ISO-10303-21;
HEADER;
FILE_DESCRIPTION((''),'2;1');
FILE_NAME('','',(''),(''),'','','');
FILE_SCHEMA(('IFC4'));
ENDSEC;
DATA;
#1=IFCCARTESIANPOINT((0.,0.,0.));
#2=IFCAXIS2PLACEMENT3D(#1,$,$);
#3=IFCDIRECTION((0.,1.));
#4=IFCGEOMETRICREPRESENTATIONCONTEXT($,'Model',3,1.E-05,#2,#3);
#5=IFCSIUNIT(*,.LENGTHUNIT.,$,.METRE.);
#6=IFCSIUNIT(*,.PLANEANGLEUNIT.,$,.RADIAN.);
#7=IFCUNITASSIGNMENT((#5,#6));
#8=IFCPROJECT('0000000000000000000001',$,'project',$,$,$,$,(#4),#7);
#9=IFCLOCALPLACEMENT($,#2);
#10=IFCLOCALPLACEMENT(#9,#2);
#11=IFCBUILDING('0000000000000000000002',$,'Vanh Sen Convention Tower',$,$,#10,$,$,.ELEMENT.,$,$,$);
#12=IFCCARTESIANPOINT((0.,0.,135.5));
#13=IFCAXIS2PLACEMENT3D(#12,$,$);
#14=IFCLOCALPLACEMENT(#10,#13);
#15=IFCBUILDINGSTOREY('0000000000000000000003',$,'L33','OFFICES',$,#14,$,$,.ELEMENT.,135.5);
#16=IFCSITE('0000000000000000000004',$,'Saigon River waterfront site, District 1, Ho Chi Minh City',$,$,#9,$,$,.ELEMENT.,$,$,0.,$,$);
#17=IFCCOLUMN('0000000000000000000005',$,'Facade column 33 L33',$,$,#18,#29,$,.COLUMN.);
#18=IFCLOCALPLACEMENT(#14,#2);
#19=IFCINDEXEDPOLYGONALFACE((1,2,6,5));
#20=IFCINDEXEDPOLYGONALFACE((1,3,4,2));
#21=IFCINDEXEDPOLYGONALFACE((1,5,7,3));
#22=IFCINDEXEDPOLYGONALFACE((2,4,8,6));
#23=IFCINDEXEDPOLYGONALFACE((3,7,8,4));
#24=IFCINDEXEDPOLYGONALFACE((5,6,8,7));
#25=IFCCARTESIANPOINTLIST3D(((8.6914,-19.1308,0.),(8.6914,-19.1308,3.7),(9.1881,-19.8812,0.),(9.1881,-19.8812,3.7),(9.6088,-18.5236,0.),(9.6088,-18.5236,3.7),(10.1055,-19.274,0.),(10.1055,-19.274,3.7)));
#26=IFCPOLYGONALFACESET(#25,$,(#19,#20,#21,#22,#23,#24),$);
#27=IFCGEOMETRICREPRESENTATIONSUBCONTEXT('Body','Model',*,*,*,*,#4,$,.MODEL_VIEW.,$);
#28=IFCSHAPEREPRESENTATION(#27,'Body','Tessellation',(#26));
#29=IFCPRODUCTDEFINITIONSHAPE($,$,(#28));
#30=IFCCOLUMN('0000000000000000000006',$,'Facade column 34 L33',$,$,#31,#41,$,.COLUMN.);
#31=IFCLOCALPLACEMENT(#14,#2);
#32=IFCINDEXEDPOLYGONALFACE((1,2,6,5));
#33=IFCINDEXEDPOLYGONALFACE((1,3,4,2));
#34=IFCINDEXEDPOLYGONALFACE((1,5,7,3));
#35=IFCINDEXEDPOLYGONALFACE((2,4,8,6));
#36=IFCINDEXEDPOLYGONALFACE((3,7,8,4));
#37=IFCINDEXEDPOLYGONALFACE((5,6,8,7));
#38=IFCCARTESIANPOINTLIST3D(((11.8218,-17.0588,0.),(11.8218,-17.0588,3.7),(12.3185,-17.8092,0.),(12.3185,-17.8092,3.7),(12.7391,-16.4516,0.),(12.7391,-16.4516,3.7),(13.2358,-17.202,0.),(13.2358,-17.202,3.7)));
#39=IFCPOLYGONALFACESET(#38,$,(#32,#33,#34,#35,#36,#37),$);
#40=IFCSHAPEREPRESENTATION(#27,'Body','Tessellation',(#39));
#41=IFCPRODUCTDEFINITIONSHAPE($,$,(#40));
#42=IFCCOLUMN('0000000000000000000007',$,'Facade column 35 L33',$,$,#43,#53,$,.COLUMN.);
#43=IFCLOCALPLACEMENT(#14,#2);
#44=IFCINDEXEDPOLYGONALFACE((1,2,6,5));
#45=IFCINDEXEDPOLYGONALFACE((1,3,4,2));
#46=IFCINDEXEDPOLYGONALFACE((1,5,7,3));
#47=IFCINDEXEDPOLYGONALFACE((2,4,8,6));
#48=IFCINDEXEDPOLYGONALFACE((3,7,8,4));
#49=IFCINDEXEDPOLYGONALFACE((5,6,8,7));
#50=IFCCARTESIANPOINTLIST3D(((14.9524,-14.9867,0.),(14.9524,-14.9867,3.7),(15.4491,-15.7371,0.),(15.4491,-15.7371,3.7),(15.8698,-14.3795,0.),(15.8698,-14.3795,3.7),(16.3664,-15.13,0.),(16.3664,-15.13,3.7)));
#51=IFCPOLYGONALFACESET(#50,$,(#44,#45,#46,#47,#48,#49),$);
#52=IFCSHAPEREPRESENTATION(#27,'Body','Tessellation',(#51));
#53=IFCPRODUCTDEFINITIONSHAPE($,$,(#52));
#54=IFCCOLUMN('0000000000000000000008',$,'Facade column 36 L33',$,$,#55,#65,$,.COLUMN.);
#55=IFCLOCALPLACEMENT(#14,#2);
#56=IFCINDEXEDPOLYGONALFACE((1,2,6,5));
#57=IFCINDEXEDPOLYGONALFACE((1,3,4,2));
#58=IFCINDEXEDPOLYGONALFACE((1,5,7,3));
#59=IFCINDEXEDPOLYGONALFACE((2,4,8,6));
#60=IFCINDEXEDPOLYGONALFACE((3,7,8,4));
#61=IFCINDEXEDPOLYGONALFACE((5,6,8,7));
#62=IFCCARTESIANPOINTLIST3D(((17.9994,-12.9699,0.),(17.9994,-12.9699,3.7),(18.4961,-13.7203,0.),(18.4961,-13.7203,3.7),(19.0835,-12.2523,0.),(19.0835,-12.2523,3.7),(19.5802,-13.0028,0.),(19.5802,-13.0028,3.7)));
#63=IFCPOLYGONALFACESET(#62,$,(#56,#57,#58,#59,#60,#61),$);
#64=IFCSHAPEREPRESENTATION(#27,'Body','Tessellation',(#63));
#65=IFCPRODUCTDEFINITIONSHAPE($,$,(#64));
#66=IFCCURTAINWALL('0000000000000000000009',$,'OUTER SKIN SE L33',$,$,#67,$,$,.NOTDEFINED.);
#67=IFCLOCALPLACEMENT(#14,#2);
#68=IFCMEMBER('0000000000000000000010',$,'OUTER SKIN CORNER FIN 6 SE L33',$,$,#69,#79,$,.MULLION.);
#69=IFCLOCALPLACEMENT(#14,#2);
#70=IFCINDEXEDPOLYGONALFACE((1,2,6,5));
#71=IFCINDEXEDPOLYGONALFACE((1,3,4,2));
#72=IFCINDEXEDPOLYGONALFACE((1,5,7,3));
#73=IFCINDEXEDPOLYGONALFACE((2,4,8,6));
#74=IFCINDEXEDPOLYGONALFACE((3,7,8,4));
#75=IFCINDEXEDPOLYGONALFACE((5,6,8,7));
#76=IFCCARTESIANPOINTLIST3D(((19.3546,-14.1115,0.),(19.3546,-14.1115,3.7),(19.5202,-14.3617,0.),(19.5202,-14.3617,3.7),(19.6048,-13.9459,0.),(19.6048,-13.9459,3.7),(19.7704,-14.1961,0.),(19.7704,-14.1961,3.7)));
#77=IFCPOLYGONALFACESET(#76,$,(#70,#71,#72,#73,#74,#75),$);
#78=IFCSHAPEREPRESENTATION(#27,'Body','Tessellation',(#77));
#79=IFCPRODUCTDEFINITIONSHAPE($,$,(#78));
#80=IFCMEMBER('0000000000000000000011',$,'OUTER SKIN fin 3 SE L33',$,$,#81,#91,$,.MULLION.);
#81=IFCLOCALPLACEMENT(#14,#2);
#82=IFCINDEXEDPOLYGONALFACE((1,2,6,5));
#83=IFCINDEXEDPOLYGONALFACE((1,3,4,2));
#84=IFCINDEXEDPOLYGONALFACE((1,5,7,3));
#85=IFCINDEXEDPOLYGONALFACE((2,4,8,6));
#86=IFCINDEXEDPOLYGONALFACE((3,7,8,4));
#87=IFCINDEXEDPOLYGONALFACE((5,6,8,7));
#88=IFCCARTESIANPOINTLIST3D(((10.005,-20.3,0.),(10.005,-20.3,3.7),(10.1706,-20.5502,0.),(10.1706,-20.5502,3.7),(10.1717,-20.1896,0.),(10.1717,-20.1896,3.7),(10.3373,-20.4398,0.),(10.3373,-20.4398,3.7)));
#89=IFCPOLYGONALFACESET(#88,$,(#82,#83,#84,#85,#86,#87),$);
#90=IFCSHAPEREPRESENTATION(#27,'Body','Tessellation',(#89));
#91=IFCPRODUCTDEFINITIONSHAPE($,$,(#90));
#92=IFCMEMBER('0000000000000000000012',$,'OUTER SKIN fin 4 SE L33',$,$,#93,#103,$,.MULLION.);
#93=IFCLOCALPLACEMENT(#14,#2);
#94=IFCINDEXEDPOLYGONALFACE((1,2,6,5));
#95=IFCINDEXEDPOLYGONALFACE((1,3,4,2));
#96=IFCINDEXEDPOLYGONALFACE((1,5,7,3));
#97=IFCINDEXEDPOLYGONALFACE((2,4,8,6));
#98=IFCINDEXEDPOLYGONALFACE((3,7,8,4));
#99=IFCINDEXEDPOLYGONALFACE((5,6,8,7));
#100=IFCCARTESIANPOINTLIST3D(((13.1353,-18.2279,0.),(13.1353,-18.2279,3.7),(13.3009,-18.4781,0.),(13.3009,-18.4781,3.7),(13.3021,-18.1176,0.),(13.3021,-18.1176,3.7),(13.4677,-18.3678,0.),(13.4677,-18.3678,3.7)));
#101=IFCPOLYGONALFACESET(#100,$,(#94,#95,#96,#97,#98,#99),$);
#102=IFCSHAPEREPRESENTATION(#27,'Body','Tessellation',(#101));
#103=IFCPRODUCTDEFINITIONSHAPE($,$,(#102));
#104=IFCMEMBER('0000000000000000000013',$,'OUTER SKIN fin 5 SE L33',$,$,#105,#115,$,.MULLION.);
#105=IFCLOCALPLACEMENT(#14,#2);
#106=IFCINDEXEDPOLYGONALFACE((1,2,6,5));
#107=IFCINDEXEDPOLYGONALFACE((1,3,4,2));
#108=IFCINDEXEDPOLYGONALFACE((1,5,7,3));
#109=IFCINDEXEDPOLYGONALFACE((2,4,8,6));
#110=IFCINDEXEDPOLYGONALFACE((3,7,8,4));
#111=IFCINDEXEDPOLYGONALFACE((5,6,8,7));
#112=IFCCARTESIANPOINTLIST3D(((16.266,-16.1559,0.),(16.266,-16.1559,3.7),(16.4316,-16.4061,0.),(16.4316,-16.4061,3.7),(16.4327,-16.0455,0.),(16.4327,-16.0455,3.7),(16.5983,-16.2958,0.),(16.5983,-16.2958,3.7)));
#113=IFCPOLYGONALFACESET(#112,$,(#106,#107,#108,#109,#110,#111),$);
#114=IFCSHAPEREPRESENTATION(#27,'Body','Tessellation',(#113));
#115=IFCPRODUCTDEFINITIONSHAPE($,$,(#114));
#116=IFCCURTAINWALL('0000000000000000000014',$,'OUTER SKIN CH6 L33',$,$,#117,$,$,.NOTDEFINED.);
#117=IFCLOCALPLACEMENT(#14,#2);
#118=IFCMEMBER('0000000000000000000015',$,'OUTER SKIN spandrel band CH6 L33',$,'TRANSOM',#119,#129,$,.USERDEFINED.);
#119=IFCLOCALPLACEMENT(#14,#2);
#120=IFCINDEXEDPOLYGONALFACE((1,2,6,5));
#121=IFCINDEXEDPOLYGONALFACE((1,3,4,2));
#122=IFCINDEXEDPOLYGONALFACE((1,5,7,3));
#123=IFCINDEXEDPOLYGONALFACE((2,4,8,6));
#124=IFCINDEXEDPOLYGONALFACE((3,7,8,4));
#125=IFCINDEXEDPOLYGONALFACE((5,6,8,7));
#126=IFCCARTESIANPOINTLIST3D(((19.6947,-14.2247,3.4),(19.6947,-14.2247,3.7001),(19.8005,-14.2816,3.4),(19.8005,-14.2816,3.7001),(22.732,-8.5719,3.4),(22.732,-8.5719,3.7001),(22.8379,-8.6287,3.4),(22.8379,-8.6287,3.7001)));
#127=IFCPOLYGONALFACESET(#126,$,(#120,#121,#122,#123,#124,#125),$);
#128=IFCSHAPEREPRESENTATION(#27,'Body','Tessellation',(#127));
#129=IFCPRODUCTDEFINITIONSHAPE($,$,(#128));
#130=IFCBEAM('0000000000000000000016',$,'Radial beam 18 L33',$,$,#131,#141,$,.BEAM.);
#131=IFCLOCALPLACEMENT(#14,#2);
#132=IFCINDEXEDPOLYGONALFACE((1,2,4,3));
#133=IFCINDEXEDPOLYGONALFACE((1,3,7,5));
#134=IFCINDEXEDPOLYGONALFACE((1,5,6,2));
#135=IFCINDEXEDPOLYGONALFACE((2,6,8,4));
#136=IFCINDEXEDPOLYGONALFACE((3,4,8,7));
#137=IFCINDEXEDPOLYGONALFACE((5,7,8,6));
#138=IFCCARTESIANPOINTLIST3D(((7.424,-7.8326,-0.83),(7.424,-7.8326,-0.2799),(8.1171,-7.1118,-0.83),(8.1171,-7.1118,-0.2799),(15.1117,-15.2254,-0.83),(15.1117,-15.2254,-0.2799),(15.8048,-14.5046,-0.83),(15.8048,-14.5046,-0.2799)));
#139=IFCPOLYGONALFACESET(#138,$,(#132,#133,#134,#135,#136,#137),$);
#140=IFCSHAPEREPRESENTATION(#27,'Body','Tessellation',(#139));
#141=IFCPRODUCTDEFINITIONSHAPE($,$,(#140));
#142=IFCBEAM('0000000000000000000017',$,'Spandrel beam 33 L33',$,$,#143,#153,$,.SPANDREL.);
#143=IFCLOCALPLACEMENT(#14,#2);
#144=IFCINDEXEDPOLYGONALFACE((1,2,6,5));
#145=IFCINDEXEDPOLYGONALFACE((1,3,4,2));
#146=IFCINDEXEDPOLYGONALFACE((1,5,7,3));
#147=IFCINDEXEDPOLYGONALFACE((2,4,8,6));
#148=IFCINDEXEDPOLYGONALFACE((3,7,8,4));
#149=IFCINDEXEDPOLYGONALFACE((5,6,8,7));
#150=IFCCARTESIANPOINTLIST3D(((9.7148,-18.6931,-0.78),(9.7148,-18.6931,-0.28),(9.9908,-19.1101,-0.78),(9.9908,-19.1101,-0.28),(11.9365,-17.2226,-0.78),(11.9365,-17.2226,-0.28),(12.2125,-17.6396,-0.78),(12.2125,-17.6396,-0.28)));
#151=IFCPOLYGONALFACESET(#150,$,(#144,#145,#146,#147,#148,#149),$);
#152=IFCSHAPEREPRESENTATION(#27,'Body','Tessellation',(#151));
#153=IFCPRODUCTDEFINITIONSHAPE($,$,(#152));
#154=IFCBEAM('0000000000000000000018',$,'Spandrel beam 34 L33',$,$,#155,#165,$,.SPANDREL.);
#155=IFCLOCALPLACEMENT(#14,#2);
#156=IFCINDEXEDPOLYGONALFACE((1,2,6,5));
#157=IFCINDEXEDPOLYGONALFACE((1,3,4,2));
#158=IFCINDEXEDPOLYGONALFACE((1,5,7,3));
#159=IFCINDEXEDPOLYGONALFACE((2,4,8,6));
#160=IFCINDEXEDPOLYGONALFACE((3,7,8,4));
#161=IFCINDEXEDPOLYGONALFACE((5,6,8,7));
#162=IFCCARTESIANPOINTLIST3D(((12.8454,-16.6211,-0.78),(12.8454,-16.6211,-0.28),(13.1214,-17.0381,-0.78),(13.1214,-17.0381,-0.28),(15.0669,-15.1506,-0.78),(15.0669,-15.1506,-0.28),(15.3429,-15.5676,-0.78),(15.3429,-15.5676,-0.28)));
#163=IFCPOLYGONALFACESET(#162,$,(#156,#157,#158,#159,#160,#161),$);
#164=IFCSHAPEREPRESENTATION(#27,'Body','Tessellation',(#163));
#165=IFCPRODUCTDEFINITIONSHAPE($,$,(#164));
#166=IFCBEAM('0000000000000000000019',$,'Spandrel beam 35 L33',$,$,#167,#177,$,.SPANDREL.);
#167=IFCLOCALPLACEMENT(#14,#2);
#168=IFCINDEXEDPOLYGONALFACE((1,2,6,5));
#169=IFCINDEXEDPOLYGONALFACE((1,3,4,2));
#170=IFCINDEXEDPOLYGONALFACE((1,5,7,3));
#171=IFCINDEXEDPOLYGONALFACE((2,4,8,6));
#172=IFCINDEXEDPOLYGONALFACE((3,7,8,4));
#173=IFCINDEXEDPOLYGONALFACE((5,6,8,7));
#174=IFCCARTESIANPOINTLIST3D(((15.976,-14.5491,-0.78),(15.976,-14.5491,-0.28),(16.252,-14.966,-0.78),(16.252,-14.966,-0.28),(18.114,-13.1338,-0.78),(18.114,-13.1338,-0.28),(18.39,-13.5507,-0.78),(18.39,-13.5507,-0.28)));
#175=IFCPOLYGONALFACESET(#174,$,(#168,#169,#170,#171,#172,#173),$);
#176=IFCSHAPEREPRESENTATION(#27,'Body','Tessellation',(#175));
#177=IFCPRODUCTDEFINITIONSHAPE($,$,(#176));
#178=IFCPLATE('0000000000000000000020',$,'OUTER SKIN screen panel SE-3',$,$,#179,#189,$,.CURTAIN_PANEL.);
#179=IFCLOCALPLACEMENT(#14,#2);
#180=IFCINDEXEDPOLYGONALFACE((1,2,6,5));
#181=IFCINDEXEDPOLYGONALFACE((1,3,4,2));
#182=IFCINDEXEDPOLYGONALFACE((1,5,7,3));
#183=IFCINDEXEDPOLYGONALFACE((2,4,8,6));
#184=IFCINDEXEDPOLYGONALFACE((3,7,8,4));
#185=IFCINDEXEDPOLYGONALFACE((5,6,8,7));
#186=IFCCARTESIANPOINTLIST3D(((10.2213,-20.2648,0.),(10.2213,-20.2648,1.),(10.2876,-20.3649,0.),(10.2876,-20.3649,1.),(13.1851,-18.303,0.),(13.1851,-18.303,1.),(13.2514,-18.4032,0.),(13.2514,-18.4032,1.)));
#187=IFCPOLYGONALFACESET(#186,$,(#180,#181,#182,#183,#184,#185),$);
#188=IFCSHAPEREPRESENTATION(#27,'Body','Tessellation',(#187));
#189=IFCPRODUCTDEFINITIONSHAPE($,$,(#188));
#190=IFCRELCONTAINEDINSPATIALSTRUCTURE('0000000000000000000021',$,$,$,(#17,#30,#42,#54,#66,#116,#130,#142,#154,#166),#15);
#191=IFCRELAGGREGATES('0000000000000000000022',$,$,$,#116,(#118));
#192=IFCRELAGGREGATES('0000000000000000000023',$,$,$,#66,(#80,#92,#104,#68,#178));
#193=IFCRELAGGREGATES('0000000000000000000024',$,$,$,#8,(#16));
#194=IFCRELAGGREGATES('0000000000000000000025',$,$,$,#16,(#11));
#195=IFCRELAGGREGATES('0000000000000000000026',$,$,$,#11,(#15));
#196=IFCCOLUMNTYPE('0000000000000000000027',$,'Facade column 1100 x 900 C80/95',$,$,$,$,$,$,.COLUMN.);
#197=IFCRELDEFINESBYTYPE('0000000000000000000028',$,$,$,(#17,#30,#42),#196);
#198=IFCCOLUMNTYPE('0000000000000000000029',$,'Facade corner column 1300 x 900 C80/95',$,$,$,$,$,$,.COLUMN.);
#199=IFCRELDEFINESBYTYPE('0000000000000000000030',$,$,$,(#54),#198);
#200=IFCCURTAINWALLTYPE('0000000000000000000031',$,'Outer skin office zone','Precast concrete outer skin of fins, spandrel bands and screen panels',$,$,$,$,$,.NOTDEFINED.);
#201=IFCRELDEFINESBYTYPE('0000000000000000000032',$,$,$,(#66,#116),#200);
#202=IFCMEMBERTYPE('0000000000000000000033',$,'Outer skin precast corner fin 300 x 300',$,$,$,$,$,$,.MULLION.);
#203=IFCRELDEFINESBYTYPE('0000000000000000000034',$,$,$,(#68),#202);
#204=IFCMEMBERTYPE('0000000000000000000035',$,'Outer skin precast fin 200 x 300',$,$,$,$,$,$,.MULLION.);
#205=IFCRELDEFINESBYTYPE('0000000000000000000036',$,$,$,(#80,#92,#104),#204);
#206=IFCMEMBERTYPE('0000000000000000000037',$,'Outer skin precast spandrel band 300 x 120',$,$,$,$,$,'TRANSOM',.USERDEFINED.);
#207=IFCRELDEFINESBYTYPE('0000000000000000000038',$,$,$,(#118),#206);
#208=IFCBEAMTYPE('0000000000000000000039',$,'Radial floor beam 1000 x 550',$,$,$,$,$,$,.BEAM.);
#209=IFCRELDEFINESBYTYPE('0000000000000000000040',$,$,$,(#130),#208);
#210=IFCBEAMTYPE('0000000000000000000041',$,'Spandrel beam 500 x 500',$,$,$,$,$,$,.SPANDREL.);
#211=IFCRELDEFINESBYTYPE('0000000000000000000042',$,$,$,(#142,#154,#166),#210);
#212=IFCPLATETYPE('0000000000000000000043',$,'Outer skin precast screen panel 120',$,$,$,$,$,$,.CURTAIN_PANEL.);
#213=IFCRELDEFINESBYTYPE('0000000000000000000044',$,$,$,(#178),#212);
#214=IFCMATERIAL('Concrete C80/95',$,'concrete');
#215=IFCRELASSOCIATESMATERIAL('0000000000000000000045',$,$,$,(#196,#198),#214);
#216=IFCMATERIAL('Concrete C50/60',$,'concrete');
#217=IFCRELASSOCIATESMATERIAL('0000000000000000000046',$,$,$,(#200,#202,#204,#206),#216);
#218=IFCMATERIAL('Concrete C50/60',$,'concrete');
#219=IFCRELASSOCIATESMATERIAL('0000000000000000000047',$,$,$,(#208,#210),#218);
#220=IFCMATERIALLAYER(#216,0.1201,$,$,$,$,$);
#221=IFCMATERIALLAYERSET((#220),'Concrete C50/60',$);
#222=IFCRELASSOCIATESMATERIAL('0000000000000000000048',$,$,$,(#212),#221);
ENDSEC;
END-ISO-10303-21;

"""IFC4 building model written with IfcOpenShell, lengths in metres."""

from ifc_helpers import new_model, si_unit, direction, frame, origin, origin_2d, place, context, subcontext, project, spatial, rectangle, extrude, material, layer, layer_set, material_profile, profile_set, type_object, element, aggregate, save


model = new_model("IFC4")

# Units and contexts
model_context = context("Model", 3, precision=1e-05, world=origin(), true_north=direction((0.0, 1.0)))
body_context = subcontext(model_context, "Body", "Model", "MODEL_VIEW")
ifc_project = project(units=[si_unit("LENGTHUNIT", "METRE"), si_unit("PLANEANGLEUNIT", "RADIAN")], contexts=[model_context])

# Site, building, storey
site_placement = place(None, origin())
site = spatial("IfcSite", under=ifc_project, at=site_placement, Name="Saigon River waterfront site, District 1, Ho Chi Minh City", CompositionType="ELEMENT", RefElevation=0.0)
building_placement = place(site_placement, origin())
building = spatial("IfcBuilding", under=site, at=building_placement, Name="Vanh Sen Convention Tower", CompositionType="ELEMENT")
storey_placement = place(building_placement, frame((0.0, 0.0, 135.5)))
storey = spatial("IfcBuildingStorey", under=building, at=storey_placement, Name="L33", Description="OFFICES", CompositionType="ELEMENT", Elevation=135.5)

# Columns
ifc_material_1 = material(Name="Concrete C80/95", Category="concrete")
ifc_material_profile_1 = material_profile(ifc_material_1, rectangle(XDim=1.1001, YDim=0.8999, at=origin_2d()), Name="RC 1100X900")
ifc_profile_set_1 = profile_set([ifc_material_profile_1], Name="Concrete C80/95")
column_type_1 = type_object("IfcColumnType", Name="Facade column 1100 x 900 C80/95", PredefinedType="COLUMN", material=ifc_profile_set_1)
for number, where, z_axis, x_axis, name in (
    (1, (9.3984, -19.2024, 0.0), (0.0, 0.0, 1.0), (0.833886, 0.551937, 0.0), "Facade column 33 L33"),
    (2, (12.5288, -17.1304, 0.0), (0.0, 0.0, 1.0), (0.833886, 0.551937, 0.0), "Facade column 34 L33"),
    (3, (15.6594, -15.0583, 0.0), (0.0, 0.0, 1.0), (0.833886, 0.551937, 0.0), "Facade column 35 L33"),
):
    element("IfcColumn", number, at=place(storey_placement, frame(where, z_axis=z_axis, x_axis=x_axis)), inside=storey, type_object=column_type_1, Name=name, PredefinedType="COLUMN", context=body_context, shape_type="SweptSolid", body=[
        extrude(rectangle(XDim=1.1001, YDim=0.8999, at=origin_2d()), origin(), (0.0, 0.0, 1.0), 3.7),
    ])
ifc_material_profile_2 = material_profile(ifc_material_1, rectangle(XDim=1.3, YDim=0.8999, at=origin_2d()), Name="RC 1300X900")
ifc_profile_set_2 = profile_set([ifc_material_profile_2], Name="Concrete C80/95")
column_type_2 = type_object("IfcColumnType", Name="Facade corner column 1300 x 900 C80/95", PredefinedType="COLUMN", material=ifc_profile_set_2)
column_placement = place(storey_placement, frame((18.7898, -12.9863, 0.0), z_axis=(0.0, 0.0, 1.0), x_axis=(0.833886, 0.551937, 0.0)))
element("IfcColumn", 4, at=column_placement, inside=storey, type_object=column_type_2, Name="Facade column 36 L33", PredefinedType="COLUMN", context=body_context, shape_type="SweptSolid", body=[
    extrude(rectangle(XDim=1.3, YDim=0.8999, at=origin_2d()), origin(), (0.0, 0.0, 1.0), 3.7),
])

# Curtain wall, members
ifc_material_2 = material(Name="Concrete C50/60", Category="concrete")
curtain_wall_type = type_object("IfcCurtainWallType", Name="Outer skin office zone", Description="Precast concrete outer skin of fins, spandrel bands and screen panels", PredefinedType="NOTDEFINED", material=ifc_material_2)
curtain_wall_1_placement = place(storey_placement, origin())
curtain_wall_1 = element("IfcCurtainWall", 5, at=curtain_wall_1_placement, inside=storey, type_object=curtain_wall_type, Name="OUTER SKIN SE L33", PredefinedType="NOTDEFINED")
ifc_material_profile_3 = material_profile(ifc_material_2, rectangle(XDim=0.3, YDim=0.3, at=origin_2d()), Name="Outer skin precast corner fin 300 x 300")
ifc_profile_set_3 = profile_set([ifc_material_profile_3], Name="Concrete C50/60")
member_type_1 = type_object("IfcMemberType", Name="Outer skin precast corner fin 300 x 300", PredefinedType="MULLION", material=ifc_profile_set_3)
member_1_placement = place(storey_placement, frame((19.5625, -14.1538, 0.0), z_axis=(0.0, 0.0, 1.0), x_axis=(0.833886, 0.551937, 0.0)))
member_1 = element("IfcMember", 6, at=member_1_placement, type_object=member_type_1, Name="OUTER SKIN CORNER FIN 6 SE L33", PredefinedType="MULLION", context=body_context, shape_type="SweptSolid", body=[
    extrude(rectangle(XDim=0.3, YDim=0.3, at=origin_2d()), origin(), (0.0, 0.0, 1.0), 3.7),
])
ifc_material_profile_4 = material_profile(ifc_material_2, rectangle(XDim=0.2, YDim=0.3, at=origin_2d()), Name="Outer skin precast fin 200 x 300")
ifc_profile_set_4 = profile_set([ifc_material_profile_4], Name="Concrete C50/60")
member_type_2 = type_object("IfcMemberType", Name="Outer skin precast fin 200 x 300", PredefinedType="MULLION", material=ifc_profile_set_4)
member_2_placement = place(storey_placement, frame((10.1711, -20.3699, 0.0), z_axis=(0.0, 0.0, 1.0), x_axis=(0.833886, 0.551937, 0.0)))
member_2 = element("IfcMember", 7, at=member_2_placement, type_object=member_type_2, Name="OUTER SKIN fin 3 SE L33", PredefinedType="MULLION", context=body_context, shape_type="SweptSolid", body=[
    extrude(rectangle(XDim=0.2, YDim=0.3, at=origin_2d()), origin(), (0.0, 0.0, 1.0), 3.7),
])
member_3_placement = place(storey_placement, frame((13.3015, -18.2979, 0.0), z_axis=(0.0, 0.0, 1.0), x_axis=(0.833886, 0.551937, 0.0)))
member_3 = element("IfcMember", 8, at=member_3_placement, type_object=member_type_2, Name="OUTER SKIN fin 4 SE L33", PredefinedType="MULLION", context=body_context, shape_type="SweptSolid", body=[
    extrude(rectangle(XDim=0.2, YDim=0.3, at=origin_2d()), origin(), (0.0, 0.0, 1.0), 3.7),
])
member_4_placement = place(storey_placement, frame((16.4321, -16.2258, 0.0), z_axis=(0.0, 0.0, 1.0), x_axis=(0.833886, 0.551937, 0.0)))
member_4 = element("IfcMember", 9, at=member_4_placement, type_object=member_type_2, Name="OUTER SKIN fin 5 SE L33", PredefinedType="MULLION", context=body_context, shape_type="SweptSolid", body=[
    extrude(rectangle(XDim=0.2, YDim=0.3, at=origin_2d()), origin(), (0.0, 0.0, 1.0), 3.7),
])

# Curtain wall, member
curtain_wall_2_placement = place(storey_placement, origin())
curtain_wall_2 = element("IfcCurtainWall", 10, at=curtain_wall_2_placement, inside=storey, type_object=curtain_wall_type, Name="OUTER SKIN CH6 L33", PredefinedType="NOTDEFINED")
ifc_material_profile_5 = material_profile(ifc_material_2, rectangle(XDim=0.1201, YDim=0.3, at=origin_2d()), Name="Outer skin precast spandrel band 300 x 120")
ifc_profile_set_5 = profile_set([ifc_material_profile_5], Name="Concrete C50/60")
member_type_3 = type_object("IfcMemberType", Name="Outer skin precast spandrel band 300 x 120", ElementType="TRANSOM", PredefinedType="USERDEFINED", material=ifc_profile_set_5)
member_5_placement = place(storey_placement, frame((19.7476, -14.2532, 3.55), z_axis=(0.473317, 0.880892, 0.0), x_axis=(-0.880892, 0.473317, 0.0)))
member_5 = element("IfcMember", 11, at=member_5_placement, type_object=member_type_3, Name="OUTER SKIN spandrel band CH6 L33", ObjectType="TRANSOM", PredefinedType="USERDEFINED", context=body_context, shape_type="SweptSolid", body=[
    extrude(rectangle(XDim=0.1201, YDim=0.3, at=origin_2d()), origin(), (0.0, 0.0, 1.0), 6.4172),
])
aggregate(curtain_wall_2, [member_5])

# Beams
ifc_material_3 = material(Name="Concrete C50/60", Category="concrete")
ifc_material_profile_6 = material_profile(ifc_material_3, rectangle(XDim=1.0, YDim=0.55, at=origin_2d()), Name="RC 1000X550")
ifc_profile_set_6 = profile_set([ifc_material_profile_6], Name="Concrete C50/60")
beam_type_1 = type_object("IfcBeamType", Name="Radial floor beam 1000 x 550", PredefinedType="BEAM", material=ifc_profile_set_6)
beam_1_placement = place(storey_placement, frame((15.4583, -14.865, -0.5549), z_axis=(-0.720797, 0.693146, 0.0), x_axis=(-0.693146, -0.720797, 0.0)))
element("IfcBeam", 12, at=beam_1_placement, inside=storey, type_object=beam_type_1, Name="Radial beam 18 L33", PredefinedType="BEAM", context=body_context, shape_type="SweptSolid", body=[
    extrude(rectangle(XDim=1.0, YDim=0.55, at=origin_2d()), origin(), (0.0, 0.0, 1.0), 10.6655),
])
ifc_material_profile_7 = material_profile(ifc_material_3, rectangle(XDim=0.5, YDim=0.5, at=origin_2d()), Name="RC 500X500")
ifc_profile_set_7 = profile_set([ifc_material_profile_7], Name="Concrete C50/60")
beam_type_2 = type_object("IfcBeamType", Name="Spandrel beam 500 x 500", PredefinedType="SPANDREL", material=ifc_profile_set_7)
beam_2_placement = place(storey_placement, frame((9.8528, -18.9016, -0.53), z_axis=(0.833893, 0.551927, 0.0), x_axis=(-0.551927, 0.833893, 0.0)))
element("IfcBeam", 13, at=beam_2_placement, inside=storey, type_object=beam_type_2, Name="Spandrel beam 33 L33", PredefinedType="SPANDREL", context=body_context, shape_type="SweptSolid", body=[
    extrude(rectangle(XDim=0.5, YDim=0.5, at=origin_2d()), origin(), (0.0, 0.0, 1.0), 2.6643),
])
beam_3_placement = place(storey_placement, frame((12.9834, -16.8296, -0.53), z_axis=(0.833865, 0.551969, 0.0), x_axis=(-0.551969, 0.833865, 0.0)))
element("IfcBeam", 14, at=beam_3_placement, inside=storey, type_object=beam_type_2, Name="Spandrel beam 34 L33", PredefinedType="SPANDREL", context=body_context, shape_type="SweptSolid", body=[
    extrude(rectangle(XDim=0.5, YDim=0.5, at=origin_2d()), origin(), (0.0, 0.0, 1.0), 2.6641),
])
beam_4_placement = place(storey_placement, frame((16.114, -14.7576, -0.53), z_axis=(0.833848, 0.551994, 0.0), x_axis=(-0.551994, 0.833848, 0.0)))
element("IfcBeam", 15, at=beam_4_placement, inside=storey, type_object=beam_type_2, Name="Spandrel beam 35 L33", PredefinedType="SPANDREL", context=body_context, shape_type="SweptSolid", body=[
    extrude(rectangle(XDim=0.5, YDim=0.5, at=origin_2d()), origin(), (0.0, 0.0, 1.0), 2.564),
])

# Plate
ifc_layer_1 = layer(ifc_material_2, 0.1201)
ifc_layer_set_1 = layer_set([ifc_layer_1], Name="Concrete C50/60")
plate_type = type_object("IfcPlateType", Name="Outer skin precast screen panel 120", PredefinedType="CURTAIN_PANEL", material=ifc_layer_set_1)
plate_1_placement = place(storey_placement, frame((11.7363, -19.334, 0.0), z_axis=(0.0, 0.0, 1.0), x_axis=(0.833877, 0.55195, 0.0)))
plate_1 = element("IfcPlate", 16, at=plate_1_placement, type_object=plate_type, Name="OUTER SKIN screen panel SE-3", PredefinedType="CURTAIN_PANEL", context=body_context, shape_type="SweptSolid", body=[
    extrude(rectangle(XDim=3.5542, YDim=0.1201, at=origin_2d()), origin(), (0.0, 0.0, 1.0), 1.0),
])
aggregate(curtain_wall_1, [member_2, member_3, member_4, member_1, plate_1])

save(model, "model.ifc")
